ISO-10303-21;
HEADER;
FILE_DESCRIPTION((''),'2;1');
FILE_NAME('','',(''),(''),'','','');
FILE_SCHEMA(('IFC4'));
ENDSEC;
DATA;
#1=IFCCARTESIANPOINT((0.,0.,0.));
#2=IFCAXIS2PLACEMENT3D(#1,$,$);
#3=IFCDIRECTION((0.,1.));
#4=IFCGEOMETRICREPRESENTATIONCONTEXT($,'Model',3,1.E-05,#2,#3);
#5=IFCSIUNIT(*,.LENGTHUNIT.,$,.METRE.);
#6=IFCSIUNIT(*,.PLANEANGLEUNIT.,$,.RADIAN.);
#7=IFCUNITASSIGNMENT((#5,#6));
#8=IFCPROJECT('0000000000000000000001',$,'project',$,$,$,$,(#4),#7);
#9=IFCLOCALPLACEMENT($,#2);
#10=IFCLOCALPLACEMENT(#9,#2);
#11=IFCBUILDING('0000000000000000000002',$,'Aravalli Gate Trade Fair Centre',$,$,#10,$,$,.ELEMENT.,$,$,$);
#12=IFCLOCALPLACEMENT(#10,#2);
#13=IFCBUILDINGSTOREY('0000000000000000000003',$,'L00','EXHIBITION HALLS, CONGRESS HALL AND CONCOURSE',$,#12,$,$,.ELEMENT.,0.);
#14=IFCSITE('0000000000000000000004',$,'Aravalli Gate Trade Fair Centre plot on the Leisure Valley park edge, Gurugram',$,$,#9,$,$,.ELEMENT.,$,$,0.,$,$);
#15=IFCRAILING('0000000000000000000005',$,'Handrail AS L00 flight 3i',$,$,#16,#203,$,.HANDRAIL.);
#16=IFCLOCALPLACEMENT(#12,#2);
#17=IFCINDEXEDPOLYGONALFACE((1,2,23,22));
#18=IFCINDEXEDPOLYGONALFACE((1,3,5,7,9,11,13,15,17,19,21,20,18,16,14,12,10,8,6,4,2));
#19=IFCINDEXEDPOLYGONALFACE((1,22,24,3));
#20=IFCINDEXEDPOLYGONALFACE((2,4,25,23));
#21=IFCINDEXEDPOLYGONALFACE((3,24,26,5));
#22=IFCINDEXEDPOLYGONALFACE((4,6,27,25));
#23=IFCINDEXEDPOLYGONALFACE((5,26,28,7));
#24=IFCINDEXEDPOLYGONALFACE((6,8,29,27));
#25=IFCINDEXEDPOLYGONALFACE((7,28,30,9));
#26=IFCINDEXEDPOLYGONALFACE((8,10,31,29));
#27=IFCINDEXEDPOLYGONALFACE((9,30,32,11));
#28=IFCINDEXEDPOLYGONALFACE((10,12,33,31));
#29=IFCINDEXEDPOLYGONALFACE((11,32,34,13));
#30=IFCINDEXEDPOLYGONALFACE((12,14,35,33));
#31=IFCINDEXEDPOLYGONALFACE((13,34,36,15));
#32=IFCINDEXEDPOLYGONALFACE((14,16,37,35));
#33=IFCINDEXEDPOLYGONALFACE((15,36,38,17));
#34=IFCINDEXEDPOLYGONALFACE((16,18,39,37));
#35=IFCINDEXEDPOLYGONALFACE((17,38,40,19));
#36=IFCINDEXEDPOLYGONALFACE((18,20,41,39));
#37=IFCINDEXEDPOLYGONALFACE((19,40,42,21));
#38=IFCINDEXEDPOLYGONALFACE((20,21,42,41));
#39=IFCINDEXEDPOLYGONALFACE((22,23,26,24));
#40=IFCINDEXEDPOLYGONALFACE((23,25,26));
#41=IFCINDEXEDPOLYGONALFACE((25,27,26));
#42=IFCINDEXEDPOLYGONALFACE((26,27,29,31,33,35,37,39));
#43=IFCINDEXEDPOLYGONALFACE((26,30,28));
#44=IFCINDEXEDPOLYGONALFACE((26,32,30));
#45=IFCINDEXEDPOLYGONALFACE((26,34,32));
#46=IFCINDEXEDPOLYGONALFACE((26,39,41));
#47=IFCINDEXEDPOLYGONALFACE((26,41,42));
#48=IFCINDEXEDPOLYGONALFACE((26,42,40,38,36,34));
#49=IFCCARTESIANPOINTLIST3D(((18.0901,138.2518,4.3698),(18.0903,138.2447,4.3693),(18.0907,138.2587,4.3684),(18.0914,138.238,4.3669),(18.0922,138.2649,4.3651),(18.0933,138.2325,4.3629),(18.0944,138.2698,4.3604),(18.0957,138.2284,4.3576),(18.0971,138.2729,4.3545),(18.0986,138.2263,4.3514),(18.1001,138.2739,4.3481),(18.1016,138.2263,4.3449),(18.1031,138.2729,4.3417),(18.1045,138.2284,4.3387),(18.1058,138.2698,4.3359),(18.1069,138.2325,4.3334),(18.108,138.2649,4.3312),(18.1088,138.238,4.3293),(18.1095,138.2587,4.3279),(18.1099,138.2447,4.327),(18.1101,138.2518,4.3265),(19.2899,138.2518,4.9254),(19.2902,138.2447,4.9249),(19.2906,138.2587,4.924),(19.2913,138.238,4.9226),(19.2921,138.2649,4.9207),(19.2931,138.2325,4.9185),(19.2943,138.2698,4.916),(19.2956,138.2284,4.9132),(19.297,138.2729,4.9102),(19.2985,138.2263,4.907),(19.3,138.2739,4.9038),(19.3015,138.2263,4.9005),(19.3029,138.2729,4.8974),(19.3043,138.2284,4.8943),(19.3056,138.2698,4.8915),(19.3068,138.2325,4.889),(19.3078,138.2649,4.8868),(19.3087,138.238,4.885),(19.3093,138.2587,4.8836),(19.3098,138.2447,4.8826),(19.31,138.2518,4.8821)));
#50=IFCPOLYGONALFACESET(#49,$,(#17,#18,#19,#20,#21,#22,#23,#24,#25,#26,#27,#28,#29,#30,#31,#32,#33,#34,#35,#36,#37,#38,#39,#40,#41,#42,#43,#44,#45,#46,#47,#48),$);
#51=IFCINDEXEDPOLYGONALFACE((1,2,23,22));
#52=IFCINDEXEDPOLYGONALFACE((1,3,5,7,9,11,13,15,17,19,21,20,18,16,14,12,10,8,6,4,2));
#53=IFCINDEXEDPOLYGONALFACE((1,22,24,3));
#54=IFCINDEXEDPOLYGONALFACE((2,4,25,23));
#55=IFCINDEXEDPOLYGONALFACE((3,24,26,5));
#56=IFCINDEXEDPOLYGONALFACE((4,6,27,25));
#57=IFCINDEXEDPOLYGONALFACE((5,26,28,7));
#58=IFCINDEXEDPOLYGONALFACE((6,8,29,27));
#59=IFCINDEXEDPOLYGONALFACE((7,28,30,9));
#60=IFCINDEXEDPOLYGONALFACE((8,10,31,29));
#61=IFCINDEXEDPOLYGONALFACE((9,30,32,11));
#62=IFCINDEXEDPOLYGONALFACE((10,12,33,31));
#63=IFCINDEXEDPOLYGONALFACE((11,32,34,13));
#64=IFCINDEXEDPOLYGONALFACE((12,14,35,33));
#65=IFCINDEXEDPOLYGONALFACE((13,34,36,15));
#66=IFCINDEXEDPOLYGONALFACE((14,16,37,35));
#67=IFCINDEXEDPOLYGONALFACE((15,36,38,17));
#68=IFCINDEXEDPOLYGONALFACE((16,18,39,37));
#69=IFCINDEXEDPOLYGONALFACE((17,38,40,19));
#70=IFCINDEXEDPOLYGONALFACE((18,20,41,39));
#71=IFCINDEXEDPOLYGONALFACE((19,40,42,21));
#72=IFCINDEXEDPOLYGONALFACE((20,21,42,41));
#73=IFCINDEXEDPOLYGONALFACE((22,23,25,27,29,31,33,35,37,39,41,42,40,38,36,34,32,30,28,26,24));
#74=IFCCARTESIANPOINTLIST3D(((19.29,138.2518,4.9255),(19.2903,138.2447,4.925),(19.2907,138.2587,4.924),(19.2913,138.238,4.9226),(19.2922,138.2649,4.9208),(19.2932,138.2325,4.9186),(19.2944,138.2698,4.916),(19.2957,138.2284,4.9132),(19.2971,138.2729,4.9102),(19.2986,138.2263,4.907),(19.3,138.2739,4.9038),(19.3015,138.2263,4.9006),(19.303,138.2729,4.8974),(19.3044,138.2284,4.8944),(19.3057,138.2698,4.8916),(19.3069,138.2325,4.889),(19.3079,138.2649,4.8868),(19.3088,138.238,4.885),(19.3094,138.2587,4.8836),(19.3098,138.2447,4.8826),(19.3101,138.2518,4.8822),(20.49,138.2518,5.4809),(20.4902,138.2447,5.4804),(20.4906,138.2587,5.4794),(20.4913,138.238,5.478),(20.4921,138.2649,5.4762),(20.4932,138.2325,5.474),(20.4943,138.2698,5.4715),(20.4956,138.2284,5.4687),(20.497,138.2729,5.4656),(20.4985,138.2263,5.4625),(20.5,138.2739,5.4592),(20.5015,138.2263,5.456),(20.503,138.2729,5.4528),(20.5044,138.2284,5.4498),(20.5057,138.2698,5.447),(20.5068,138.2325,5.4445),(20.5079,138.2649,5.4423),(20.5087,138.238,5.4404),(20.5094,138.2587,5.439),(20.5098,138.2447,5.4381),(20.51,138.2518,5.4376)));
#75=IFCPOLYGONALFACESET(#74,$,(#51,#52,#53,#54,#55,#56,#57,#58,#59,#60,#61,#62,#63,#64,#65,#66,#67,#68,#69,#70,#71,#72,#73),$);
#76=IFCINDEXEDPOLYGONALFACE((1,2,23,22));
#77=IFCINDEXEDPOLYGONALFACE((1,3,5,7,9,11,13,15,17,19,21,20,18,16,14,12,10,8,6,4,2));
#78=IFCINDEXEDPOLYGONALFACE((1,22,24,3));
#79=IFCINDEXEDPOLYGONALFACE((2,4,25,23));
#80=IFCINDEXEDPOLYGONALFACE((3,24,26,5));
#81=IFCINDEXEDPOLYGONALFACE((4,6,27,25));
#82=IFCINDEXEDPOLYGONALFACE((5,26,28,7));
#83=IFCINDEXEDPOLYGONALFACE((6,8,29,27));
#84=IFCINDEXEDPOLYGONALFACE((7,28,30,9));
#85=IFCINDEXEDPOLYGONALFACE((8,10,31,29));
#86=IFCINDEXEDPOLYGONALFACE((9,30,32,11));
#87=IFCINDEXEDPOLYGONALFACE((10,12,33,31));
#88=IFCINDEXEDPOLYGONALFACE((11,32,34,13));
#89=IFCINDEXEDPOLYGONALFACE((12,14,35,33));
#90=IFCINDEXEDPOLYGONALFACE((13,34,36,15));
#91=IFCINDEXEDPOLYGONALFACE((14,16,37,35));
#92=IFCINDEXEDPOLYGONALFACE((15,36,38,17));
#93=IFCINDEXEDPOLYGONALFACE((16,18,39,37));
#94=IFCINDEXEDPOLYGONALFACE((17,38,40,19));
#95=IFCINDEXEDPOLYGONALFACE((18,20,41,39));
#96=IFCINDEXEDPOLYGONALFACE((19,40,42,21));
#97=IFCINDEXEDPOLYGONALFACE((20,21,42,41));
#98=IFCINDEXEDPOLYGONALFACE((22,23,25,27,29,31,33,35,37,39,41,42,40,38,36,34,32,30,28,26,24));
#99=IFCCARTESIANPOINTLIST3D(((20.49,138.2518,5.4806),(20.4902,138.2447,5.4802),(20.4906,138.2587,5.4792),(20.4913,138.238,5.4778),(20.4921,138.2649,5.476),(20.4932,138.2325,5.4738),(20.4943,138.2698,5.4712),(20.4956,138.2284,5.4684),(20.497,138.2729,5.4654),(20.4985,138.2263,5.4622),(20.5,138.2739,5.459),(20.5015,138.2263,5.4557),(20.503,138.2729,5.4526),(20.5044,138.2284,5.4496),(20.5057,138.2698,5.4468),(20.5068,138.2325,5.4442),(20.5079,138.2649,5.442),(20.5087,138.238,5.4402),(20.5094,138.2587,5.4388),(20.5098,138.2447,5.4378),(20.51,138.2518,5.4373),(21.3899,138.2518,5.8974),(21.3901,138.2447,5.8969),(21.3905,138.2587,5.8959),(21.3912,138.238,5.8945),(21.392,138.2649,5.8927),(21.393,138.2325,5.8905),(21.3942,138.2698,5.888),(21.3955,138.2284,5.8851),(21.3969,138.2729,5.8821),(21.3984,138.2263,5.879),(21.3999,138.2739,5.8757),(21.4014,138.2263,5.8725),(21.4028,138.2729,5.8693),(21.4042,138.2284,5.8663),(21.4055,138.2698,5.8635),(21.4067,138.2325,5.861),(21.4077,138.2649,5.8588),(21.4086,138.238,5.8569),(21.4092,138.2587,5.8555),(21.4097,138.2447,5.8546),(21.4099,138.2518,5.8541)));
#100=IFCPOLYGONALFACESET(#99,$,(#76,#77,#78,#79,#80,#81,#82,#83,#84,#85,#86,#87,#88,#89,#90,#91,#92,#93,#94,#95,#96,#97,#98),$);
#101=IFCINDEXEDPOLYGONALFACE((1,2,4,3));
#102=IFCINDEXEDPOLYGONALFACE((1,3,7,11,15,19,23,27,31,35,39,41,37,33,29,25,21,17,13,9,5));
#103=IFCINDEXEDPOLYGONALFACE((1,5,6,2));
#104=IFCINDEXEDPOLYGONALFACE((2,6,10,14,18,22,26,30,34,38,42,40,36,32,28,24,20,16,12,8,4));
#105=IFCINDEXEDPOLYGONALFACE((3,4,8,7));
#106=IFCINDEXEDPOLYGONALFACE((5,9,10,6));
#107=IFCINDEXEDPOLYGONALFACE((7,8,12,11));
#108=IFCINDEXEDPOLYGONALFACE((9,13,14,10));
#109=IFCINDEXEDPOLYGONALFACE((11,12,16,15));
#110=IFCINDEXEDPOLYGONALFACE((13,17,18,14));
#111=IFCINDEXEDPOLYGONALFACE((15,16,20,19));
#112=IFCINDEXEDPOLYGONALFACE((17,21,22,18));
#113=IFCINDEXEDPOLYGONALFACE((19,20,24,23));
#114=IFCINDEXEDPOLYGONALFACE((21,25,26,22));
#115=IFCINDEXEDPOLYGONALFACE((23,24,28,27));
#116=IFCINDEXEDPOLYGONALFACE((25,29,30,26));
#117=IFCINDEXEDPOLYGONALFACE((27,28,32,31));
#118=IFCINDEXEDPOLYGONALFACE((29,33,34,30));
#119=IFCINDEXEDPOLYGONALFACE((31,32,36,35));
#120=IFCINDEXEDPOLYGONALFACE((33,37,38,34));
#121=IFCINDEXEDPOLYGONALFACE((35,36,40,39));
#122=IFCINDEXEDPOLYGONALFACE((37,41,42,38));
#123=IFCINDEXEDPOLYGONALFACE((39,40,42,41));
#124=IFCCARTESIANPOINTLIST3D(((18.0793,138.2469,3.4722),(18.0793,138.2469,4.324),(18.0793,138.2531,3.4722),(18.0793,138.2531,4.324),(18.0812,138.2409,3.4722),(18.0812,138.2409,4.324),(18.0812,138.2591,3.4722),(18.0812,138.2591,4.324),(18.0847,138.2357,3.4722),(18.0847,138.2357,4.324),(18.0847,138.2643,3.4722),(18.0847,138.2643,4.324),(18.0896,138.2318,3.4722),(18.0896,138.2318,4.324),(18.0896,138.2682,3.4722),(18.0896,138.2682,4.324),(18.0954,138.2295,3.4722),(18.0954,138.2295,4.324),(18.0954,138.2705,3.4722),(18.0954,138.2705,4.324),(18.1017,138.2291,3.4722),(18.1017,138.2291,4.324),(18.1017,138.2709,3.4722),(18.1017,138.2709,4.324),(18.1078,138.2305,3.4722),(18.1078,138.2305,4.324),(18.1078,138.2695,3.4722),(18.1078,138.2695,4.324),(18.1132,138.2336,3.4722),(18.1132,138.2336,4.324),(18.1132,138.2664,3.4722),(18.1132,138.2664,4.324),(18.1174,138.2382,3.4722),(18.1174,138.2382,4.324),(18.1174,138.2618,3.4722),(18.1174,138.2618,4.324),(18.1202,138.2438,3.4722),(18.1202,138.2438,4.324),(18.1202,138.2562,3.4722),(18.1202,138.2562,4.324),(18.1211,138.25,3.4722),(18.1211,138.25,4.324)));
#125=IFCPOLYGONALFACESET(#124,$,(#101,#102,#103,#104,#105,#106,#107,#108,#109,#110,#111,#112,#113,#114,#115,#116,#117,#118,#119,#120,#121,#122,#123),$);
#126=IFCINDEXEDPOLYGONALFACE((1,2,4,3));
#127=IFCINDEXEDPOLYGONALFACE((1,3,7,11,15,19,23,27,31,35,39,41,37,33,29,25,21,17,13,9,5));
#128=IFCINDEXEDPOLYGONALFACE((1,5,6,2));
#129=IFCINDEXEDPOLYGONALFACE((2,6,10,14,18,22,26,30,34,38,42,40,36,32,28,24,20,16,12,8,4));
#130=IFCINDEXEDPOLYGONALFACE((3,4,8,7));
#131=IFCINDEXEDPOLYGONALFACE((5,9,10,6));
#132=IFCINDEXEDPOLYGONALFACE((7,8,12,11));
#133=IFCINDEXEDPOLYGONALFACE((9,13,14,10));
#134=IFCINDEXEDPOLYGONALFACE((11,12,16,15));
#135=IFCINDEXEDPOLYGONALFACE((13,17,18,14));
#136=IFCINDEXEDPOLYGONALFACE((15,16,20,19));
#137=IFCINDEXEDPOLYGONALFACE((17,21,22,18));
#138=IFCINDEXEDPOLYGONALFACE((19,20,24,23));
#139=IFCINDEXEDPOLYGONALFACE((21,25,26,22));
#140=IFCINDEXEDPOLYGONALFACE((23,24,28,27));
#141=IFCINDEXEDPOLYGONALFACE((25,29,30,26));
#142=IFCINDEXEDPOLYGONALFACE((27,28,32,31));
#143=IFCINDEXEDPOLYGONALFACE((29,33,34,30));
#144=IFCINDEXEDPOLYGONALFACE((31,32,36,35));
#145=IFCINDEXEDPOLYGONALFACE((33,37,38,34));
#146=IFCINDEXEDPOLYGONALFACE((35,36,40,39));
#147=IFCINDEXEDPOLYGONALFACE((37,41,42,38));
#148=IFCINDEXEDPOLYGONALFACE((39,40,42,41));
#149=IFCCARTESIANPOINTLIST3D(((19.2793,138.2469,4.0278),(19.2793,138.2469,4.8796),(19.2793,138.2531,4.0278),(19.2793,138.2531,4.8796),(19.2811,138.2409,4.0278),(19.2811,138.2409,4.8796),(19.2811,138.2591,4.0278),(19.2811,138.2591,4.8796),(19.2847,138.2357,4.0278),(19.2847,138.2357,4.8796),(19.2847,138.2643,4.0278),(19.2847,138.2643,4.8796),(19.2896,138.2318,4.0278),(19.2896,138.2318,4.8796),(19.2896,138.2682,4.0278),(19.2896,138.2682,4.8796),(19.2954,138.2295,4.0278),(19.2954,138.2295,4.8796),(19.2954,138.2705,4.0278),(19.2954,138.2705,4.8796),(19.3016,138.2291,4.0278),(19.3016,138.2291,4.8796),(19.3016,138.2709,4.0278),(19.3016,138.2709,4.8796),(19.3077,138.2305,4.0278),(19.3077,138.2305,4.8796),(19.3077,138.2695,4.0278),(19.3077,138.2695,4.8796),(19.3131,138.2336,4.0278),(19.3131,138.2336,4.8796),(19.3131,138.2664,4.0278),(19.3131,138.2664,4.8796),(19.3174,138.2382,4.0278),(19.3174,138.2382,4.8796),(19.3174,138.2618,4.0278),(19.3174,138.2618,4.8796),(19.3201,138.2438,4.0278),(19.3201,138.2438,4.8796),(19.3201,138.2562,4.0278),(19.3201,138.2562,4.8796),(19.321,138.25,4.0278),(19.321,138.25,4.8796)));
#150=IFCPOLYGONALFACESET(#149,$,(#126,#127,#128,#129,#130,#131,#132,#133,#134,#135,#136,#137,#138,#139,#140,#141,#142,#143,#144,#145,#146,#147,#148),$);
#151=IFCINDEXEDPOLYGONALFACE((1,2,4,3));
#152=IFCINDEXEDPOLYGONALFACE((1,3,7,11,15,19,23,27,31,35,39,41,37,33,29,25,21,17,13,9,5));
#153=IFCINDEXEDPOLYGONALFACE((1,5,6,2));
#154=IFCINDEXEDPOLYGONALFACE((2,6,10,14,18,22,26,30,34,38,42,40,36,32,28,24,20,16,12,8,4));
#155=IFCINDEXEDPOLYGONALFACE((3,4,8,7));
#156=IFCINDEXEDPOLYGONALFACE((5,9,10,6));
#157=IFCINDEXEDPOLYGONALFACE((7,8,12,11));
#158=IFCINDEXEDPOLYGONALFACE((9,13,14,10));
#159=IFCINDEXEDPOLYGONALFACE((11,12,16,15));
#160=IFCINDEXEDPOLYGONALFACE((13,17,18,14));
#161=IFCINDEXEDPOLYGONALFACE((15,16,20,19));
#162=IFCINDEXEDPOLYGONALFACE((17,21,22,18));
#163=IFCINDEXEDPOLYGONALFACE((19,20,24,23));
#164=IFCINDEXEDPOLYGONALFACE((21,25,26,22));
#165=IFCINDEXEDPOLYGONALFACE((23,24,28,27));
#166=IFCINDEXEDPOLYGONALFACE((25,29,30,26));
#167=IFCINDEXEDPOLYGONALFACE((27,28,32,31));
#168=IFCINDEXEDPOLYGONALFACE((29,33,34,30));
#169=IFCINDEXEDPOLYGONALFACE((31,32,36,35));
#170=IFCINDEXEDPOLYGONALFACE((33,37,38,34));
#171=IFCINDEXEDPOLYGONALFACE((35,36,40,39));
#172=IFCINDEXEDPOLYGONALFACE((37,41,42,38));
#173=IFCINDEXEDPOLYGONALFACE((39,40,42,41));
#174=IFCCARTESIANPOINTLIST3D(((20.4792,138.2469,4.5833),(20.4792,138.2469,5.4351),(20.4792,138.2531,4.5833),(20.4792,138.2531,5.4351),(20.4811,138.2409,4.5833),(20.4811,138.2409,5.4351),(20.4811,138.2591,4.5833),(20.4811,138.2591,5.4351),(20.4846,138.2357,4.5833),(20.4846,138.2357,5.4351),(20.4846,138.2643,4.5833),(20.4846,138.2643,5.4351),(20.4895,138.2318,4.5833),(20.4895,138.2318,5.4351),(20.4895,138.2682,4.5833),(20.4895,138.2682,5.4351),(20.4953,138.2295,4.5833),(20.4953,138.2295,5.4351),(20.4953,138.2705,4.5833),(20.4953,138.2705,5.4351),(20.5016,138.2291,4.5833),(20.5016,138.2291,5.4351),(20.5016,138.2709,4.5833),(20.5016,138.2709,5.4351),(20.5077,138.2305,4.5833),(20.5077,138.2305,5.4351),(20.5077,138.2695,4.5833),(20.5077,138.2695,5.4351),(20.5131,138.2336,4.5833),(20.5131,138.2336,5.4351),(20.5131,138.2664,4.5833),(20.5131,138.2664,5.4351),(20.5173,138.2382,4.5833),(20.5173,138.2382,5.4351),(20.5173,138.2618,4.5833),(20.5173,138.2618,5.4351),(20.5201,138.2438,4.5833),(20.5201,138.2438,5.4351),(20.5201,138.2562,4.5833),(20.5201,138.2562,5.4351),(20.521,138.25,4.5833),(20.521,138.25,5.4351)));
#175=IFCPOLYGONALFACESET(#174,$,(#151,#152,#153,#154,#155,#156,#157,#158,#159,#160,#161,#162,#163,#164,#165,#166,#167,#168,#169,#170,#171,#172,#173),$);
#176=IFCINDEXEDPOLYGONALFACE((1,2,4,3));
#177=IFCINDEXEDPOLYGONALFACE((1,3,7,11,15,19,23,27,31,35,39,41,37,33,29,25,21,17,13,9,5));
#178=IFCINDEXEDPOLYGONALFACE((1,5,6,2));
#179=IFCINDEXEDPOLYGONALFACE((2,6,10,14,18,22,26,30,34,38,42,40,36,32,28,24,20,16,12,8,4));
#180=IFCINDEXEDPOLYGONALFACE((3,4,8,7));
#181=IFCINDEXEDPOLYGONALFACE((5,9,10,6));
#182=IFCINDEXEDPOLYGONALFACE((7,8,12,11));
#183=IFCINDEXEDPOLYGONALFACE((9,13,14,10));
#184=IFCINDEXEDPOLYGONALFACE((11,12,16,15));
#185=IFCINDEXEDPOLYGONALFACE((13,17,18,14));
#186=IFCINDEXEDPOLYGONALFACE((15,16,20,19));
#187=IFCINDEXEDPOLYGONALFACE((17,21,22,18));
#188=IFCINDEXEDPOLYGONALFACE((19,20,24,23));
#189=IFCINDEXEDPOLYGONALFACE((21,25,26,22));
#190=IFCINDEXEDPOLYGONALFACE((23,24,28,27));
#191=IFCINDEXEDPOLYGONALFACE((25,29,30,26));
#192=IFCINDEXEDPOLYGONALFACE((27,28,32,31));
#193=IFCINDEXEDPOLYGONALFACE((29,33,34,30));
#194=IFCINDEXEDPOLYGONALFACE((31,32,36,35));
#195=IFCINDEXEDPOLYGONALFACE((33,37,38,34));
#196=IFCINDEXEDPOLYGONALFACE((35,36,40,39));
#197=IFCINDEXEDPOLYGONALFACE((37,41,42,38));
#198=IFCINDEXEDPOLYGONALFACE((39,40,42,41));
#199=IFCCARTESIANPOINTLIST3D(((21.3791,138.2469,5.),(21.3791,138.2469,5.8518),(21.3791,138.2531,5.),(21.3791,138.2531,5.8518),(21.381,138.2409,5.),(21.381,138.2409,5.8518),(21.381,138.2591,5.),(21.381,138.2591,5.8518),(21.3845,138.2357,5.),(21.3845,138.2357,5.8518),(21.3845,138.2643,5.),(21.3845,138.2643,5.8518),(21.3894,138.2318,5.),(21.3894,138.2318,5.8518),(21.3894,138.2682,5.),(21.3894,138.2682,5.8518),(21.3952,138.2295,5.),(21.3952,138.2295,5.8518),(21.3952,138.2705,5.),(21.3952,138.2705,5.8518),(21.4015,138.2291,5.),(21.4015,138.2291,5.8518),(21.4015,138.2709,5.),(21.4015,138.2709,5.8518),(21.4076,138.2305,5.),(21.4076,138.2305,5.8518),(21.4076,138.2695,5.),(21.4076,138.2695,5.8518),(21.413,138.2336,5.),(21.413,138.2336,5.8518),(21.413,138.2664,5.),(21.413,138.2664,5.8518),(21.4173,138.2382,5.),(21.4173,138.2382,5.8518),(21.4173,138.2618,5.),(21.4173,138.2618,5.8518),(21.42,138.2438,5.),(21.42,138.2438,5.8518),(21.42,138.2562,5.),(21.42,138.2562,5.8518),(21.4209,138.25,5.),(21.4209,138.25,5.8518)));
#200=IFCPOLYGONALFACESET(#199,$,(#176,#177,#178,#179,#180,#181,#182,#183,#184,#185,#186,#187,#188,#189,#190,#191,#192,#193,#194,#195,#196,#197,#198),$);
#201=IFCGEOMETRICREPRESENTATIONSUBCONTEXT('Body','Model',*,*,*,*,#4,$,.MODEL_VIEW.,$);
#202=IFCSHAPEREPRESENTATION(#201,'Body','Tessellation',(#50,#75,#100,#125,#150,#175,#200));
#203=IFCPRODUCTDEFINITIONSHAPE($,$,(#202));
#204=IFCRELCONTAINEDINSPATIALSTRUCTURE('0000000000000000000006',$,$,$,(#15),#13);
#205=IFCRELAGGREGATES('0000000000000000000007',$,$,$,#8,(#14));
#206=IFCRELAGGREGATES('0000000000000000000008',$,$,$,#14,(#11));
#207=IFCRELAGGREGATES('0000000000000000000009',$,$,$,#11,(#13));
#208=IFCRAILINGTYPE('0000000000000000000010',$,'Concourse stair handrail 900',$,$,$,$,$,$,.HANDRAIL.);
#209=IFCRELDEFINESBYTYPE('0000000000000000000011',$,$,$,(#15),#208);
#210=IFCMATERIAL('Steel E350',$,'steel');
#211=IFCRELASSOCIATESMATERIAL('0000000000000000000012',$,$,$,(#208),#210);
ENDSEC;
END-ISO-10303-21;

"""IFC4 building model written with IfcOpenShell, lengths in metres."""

from ifc_helpers import new_model, si_unit, direction, frame, origin, origin_2d, place, context, subcontext, project, spatial, circle, extrude, material, type_object, element, save


model = new_model("IFC4")

# Units and contexts
model_context = context("Model", 3, precision=1e-05, world=origin(), true_north=direction((0.0, 1.0)))
body_context = subcontext(model_context, "Body", "Model", "MODEL_VIEW")
ifc_project = project(units=[si_unit("LENGTHUNIT", "METRE"), si_unit("PLANEANGLEUNIT", "RADIAN")], contexts=[model_context])

# Site, building, storey
site_placement = place(None, origin())
site = spatial("IfcSite", under=ifc_project, at=site_placement, Name="Aravalli Gate Trade Fair Centre plot on the Leisure Valley park edge, Gurugram", CompositionType="ELEMENT", RefElevation=0.0)
building_placement = place(site_placement, origin())
building = spatial("IfcBuilding", under=site, at=building_placement, Name="Aravalli Gate Trade Fair Centre", CompositionType="ELEMENT")
storey_placement = place(building_placement, origin())
storey = spatial("IfcBuildingStorey", under=building, at=storey_placement, Name="L00", Description="EXHIBITION HALLS, CONGRESS HALL AND CONCOURSE", CompositionType="ELEMENT", Elevation=0.0)

# Railing
ifc_material_1 = material(Name="Steel E350", Category="steel")
railing_type_1 = type_object("IfcRailingType", Name="Concourse stair handrail 900", PredefinedType="HANDRAIL", material=ifc_material_1)
for number, where, name in (
    (1, (18.1001, 138.25, 3.4722), "Handrail AS L00 flight 3i"),
):
    element("IfcRailing", number, at=place(storey_placement, frame(where)), inside=storey, type_object=railing_type_1, Name=name, PredefinedType="HANDRAIL", context=body_context, shape_type="SweptSolid", body=[
        extrude(circle(Radius=0.0239, at=origin_2d()), frame((0.0, 0.0, 0.876), z_axis=(0.907429, 0.0, 0.420205), x_axis=(0.0, 1.0, 0.0)), (0.0, 0.0, 1.0), 1.3223),
        extrude(circle(Radius=0.0239, at=origin_2d()), frame((1.2, 0.0, 1.4316), z_axis=(0.907499, 0.0, 0.420053), x_axis=(0.0, 1.0, 0.0)), (0.0, 0.0, 1.0), 1.3223),
        extrude(circle(Radius=0.0239, at=origin_2d()), frame((2.3999, 0.0, 1.9868), z_axis=(0.907418, 0.0, 0.420229), x_axis=(0.0, 1.0, 0.0)), (0.0, 0.0, 1.0), 0.9917),
        extrude(circle(Radius=0.021, at=origin_2d()), origin(), (0.0, 0.0, 1.0), 0.8518),
        extrude(circle(Radius=0.021, at=origin_2d()), frame((1.2, 0.0, 0.5557)), (0.0, 0.0, 1.0), 0.8518),
        extrude(circle(Radius=0.021, at=origin_2d()), frame((2.3999, 0.0, 1.1111)), (0.0, 0.0, 1.0), 0.8518),
        extrude(circle(Radius=0.021, at=origin_2d()), frame((3.2998, 0.0, 1.5278)), (0.0, 0.0, 1.0), 0.8518),
    ])

save(model, "model.ifc")
